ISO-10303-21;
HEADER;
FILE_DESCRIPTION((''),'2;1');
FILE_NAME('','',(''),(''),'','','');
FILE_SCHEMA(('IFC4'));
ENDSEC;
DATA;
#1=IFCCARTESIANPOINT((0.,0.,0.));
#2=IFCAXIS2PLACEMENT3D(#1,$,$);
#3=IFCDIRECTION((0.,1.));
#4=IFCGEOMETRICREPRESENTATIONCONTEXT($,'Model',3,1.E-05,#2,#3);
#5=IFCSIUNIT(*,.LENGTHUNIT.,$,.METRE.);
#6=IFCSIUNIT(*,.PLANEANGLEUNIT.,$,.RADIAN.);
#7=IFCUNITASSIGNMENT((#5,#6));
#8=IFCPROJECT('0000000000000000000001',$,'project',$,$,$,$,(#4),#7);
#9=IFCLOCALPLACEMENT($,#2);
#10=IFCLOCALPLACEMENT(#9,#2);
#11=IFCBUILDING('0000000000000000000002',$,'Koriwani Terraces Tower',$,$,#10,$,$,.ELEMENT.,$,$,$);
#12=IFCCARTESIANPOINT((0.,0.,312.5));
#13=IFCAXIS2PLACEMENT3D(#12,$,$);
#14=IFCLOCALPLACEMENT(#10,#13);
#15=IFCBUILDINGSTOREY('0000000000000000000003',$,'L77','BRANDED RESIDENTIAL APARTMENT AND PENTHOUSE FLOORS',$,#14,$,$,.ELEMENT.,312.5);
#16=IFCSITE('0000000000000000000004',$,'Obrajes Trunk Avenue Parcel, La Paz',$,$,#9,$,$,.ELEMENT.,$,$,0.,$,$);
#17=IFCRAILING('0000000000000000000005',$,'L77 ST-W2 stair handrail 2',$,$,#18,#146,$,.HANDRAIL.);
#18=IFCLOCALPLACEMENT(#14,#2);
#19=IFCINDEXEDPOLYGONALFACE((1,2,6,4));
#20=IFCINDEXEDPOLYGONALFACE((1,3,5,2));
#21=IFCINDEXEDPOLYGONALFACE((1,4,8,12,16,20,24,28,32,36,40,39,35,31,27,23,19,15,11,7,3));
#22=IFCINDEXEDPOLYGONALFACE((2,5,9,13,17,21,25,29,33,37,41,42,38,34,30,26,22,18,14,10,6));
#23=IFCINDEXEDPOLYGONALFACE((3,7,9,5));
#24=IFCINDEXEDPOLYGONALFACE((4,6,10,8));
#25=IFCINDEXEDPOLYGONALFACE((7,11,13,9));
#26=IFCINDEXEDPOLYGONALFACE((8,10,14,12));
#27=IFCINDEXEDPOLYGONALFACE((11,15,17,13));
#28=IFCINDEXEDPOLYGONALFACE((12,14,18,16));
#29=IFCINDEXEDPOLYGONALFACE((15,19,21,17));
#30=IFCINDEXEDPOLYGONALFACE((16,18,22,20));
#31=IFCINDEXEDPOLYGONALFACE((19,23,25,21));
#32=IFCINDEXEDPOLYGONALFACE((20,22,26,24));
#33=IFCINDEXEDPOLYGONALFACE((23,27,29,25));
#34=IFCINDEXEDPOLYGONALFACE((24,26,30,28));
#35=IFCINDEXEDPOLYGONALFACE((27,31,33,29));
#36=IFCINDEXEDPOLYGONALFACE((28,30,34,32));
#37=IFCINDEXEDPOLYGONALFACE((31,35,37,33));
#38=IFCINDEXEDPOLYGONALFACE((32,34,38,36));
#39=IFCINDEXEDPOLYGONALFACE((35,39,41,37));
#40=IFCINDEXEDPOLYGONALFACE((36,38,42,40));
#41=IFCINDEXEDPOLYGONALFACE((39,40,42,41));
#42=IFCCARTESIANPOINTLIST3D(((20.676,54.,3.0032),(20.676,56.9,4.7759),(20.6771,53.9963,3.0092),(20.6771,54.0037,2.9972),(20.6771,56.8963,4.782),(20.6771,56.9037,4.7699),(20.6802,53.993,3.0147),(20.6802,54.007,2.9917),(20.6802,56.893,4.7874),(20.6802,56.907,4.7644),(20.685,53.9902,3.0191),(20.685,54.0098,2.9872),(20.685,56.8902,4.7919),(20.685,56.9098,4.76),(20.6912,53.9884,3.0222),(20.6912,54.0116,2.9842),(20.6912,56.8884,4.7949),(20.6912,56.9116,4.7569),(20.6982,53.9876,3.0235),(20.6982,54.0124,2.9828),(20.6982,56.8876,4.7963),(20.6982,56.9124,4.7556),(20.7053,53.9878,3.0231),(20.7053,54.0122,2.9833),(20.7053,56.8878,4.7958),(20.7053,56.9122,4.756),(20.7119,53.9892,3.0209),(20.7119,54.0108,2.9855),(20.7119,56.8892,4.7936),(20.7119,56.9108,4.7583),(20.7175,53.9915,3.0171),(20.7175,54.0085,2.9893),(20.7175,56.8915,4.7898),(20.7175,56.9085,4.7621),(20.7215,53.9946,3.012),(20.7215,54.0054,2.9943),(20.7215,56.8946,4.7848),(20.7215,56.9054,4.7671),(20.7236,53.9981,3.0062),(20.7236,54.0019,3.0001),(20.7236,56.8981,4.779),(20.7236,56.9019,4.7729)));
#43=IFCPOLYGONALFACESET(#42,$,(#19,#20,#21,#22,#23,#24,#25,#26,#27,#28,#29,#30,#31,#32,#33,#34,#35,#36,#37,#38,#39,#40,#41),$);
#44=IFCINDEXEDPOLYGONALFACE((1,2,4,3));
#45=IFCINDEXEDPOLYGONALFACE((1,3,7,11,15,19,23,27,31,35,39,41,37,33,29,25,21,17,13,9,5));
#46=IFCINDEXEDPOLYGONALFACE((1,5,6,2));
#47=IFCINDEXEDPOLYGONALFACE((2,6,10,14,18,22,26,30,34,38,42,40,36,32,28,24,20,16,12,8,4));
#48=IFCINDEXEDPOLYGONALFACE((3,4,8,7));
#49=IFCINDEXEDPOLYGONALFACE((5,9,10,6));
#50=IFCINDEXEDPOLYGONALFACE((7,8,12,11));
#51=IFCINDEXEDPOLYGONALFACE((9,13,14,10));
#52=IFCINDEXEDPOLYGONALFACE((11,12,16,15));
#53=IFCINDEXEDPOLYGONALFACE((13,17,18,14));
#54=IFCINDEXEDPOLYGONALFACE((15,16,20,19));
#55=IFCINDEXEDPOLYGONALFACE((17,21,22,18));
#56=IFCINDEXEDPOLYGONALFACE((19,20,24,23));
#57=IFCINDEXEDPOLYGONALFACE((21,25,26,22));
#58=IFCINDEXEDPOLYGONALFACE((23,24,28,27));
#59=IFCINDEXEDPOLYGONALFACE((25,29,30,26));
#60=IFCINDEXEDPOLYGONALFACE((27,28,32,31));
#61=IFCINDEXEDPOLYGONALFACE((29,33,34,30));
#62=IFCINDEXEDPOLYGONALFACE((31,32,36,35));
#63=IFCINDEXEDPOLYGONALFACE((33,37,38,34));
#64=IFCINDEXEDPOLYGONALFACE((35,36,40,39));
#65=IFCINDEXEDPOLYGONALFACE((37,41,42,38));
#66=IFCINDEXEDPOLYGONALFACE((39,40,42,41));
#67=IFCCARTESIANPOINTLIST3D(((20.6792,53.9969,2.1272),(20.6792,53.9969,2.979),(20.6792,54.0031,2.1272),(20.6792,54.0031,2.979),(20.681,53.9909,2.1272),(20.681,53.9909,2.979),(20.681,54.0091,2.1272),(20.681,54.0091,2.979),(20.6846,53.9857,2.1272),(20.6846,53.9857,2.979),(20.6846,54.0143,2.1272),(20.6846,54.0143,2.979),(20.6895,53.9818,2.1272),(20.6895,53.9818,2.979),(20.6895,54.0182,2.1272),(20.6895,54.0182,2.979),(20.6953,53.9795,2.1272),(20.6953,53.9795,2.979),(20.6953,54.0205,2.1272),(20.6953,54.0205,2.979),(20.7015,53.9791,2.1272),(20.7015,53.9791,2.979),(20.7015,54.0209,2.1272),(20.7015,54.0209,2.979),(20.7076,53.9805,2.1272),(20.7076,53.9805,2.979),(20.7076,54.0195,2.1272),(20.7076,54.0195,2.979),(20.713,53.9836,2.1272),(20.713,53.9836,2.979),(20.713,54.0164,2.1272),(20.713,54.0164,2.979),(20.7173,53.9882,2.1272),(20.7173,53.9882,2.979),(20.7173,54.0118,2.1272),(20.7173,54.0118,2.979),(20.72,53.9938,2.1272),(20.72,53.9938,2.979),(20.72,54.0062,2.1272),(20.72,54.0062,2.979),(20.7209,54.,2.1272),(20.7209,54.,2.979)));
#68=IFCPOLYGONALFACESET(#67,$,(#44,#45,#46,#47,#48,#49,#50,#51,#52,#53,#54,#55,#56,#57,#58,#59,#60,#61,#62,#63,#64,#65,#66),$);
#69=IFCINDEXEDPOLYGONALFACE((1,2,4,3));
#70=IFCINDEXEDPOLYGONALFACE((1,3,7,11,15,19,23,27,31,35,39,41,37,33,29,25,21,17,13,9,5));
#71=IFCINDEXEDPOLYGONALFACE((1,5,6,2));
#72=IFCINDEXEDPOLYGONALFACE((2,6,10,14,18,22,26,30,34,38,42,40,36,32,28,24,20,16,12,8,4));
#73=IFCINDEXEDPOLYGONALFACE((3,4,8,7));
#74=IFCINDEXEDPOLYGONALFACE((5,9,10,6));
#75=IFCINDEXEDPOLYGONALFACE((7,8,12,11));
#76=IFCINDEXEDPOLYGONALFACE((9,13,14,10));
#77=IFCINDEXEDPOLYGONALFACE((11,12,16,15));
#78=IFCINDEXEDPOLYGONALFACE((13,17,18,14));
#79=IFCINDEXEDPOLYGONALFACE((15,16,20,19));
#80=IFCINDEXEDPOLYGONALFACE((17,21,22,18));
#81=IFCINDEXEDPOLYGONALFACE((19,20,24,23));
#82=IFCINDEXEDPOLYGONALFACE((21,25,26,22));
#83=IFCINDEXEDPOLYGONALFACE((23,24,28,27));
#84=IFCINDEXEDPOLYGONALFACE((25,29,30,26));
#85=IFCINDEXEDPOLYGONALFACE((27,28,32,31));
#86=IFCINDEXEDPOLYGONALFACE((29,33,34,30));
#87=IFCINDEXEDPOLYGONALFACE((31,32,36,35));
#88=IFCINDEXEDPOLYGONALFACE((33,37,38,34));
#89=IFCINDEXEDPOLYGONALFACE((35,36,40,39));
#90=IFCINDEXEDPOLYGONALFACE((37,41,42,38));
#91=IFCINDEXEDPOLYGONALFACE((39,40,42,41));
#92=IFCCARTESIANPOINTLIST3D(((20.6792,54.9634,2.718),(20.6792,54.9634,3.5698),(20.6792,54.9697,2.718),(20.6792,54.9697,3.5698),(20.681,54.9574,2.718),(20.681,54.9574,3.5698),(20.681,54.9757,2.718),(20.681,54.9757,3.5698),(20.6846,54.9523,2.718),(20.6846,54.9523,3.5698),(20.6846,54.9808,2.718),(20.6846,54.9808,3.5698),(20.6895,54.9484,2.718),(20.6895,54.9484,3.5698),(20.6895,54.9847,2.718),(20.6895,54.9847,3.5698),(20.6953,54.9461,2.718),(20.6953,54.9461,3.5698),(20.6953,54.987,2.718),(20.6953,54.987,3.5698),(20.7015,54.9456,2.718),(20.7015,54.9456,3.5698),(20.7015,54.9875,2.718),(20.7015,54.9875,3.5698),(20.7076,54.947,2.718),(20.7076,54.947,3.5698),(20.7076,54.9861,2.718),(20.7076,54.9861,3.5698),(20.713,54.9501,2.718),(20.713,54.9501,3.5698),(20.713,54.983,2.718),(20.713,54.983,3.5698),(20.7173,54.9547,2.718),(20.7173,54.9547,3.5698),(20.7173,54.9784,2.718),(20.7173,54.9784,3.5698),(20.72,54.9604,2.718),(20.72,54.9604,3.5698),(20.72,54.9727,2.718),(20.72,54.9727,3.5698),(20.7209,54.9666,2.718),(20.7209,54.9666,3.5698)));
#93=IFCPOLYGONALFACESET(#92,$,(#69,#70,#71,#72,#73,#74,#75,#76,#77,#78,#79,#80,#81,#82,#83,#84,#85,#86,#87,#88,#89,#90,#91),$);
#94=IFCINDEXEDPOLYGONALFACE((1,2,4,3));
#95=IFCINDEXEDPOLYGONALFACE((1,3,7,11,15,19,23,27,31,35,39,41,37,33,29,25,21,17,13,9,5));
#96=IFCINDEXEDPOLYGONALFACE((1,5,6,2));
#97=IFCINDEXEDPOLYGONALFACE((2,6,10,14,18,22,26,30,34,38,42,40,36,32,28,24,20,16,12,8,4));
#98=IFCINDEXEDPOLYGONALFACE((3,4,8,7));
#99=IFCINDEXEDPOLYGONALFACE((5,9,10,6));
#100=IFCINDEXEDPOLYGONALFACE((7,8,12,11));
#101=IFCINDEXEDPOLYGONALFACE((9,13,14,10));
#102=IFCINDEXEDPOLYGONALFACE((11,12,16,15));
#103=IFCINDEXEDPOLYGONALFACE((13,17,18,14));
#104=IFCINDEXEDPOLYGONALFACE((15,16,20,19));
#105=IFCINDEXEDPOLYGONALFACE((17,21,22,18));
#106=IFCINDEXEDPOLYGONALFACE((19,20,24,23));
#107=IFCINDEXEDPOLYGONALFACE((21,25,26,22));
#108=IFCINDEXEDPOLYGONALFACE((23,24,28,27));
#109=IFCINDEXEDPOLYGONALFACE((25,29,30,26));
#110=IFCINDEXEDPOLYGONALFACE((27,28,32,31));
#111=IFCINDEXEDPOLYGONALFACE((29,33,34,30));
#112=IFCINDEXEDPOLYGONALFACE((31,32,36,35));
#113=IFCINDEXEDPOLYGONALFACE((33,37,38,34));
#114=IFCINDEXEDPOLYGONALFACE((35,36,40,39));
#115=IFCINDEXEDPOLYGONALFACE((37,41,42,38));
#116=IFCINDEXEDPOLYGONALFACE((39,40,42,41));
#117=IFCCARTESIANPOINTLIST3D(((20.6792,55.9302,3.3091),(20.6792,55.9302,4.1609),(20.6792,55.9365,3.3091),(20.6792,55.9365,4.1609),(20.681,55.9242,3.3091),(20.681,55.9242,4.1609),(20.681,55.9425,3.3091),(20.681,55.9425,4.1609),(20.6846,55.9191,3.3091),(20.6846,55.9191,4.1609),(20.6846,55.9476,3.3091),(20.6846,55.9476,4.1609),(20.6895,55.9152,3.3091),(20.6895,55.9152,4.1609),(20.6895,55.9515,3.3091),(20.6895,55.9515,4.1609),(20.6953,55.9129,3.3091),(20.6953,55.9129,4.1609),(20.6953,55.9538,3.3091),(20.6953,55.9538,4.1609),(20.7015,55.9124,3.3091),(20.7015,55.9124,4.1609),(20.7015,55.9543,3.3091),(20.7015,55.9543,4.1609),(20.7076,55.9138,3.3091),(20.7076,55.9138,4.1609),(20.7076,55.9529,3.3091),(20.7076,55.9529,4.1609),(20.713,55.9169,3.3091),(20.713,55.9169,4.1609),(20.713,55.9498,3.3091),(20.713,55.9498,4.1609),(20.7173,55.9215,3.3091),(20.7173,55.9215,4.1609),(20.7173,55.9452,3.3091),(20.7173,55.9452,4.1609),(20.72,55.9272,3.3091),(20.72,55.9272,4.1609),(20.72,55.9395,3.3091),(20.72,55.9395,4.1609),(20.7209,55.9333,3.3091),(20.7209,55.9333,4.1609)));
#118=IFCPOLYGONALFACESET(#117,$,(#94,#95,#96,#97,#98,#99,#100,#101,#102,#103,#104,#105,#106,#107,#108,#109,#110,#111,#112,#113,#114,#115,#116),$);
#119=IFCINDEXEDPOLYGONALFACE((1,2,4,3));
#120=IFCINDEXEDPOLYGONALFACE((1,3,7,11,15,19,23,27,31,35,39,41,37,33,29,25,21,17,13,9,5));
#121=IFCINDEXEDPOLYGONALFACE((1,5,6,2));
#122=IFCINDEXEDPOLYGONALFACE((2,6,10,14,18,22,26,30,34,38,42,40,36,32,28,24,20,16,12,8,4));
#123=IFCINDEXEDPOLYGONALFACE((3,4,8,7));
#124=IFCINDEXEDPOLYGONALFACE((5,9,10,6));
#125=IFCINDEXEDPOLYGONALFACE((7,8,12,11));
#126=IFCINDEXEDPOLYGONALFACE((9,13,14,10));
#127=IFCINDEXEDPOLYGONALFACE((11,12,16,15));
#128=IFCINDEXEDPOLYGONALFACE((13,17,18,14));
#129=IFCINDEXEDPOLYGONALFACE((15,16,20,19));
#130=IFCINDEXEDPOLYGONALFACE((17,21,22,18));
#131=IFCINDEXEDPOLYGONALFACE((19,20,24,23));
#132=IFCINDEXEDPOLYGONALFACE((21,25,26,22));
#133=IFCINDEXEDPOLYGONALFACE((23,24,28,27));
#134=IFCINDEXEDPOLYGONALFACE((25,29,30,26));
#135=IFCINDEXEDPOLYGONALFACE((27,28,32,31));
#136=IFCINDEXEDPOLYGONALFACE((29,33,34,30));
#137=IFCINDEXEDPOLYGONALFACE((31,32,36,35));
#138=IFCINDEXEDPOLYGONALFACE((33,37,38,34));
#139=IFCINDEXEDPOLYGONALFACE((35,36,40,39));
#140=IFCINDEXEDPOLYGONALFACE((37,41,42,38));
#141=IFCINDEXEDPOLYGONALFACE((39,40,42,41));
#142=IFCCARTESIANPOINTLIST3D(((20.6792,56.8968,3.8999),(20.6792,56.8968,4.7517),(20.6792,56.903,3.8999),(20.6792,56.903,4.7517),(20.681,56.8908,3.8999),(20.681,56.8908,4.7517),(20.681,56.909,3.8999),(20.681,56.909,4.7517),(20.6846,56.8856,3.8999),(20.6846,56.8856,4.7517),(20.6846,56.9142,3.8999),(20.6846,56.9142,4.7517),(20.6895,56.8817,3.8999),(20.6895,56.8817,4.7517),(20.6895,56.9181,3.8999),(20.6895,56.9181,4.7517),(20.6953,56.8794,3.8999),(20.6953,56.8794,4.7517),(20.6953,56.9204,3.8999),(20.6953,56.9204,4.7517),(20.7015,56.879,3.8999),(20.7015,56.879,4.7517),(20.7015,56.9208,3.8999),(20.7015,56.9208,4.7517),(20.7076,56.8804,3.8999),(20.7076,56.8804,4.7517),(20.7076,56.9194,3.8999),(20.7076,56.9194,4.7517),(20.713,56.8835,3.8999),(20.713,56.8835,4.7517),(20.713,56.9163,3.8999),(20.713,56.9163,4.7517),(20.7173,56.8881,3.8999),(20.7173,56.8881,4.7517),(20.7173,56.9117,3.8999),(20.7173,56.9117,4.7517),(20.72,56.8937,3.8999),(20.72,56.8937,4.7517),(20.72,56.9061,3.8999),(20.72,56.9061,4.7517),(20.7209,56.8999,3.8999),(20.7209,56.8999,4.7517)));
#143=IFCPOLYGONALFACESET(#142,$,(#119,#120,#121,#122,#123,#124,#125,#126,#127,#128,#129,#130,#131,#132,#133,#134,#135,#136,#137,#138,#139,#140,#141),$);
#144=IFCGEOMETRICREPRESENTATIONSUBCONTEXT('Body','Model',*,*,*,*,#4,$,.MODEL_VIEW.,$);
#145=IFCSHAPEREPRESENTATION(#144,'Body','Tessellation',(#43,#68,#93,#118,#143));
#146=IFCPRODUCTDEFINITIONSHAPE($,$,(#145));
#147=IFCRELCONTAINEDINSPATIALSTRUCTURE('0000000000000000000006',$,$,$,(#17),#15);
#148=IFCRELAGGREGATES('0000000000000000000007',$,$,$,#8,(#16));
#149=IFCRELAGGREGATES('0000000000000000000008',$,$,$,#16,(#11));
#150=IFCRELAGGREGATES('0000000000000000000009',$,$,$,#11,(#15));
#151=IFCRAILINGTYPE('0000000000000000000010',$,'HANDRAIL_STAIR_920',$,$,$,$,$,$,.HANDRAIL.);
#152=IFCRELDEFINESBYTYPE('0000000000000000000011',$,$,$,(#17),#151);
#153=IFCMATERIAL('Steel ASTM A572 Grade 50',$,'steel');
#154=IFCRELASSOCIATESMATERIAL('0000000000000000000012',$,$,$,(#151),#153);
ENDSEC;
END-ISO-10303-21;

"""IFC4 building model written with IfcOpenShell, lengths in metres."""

from ifc_helpers import new_model, si_unit, direction, frame, origin, origin_2d, place, context, subcontext, project, spatial, circle, extrude, material, type_object, element, save


model = new_model("IFC4")

# Units and contexts
model_context = context("Model", 3, precision=1e-05, world=origin(), true_north=direction((0.0, 1.0)))
body_context = subcontext(model_context, "Body", "Model", "MODEL_VIEW")
ifc_project = project(units=[si_unit("LENGTHUNIT", "METRE"), si_unit("PLANEANGLEUNIT", "RADIAN")], contexts=[model_context])

# Site, building, storey
site_placement = place(None, origin())
site = spatial("IfcSite", under=ifc_project, at=site_placement, Name="Obrajes Trunk Avenue Parcel, La Paz", CompositionType="ELEMENT", RefElevation=0.0)
building_placement = place(site_placement, origin())
building = spatial("IfcBuilding", under=site, at=building_placement, Name="Koriwani Terraces Tower", CompositionType="ELEMENT")
storey_placement = place(building_placement, frame((0.0, 0.0, 312.5)))
storey = spatial("IfcBuildingStorey", under=building, at=storey_placement, Name="L77", Description="BRANDED RESIDENTIAL APARTMENT AND PENTHOUSE FLOORS", CompositionType="ELEMENT", Elevation=312.5)

# Shared definitions
ifc_material_1 = material(Name="Steel ASTM A572 Grade 50", Category="steel")

# Railing
railing_type = type_object("IfcRailingType", Name="HANDRAIL_STAIR_920", PredefinedType="HANDRAIL", material=ifc_material_1)
railing_placement = place(storey_placement, frame((20.7, 54.0, 2.1272)))
element("IfcRailing", 1, at=railing_placement, inside=storey, type_object=railing_type, Name="L77 ST-W2 stair handrail 2", PredefinedType="HANDRAIL", context=body_context, shape_type="SweptSolid", body=[
    extrude(circle(Radius=0.0239, at=origin_2d()), frame((0.0, 0.0, 0.876), z_axis=(0.0, 0.853211, 0.521566), x_axis=(-1.0, 0.0, 0.0)), (0.0, 0.0, 1.0), 3.3989),
    extrude(circle(Radius=0.021, at=origin_2d()), origin(), (0.0, 0.0, 1.0), 0.8518),
    extrude(circle(Radius=0.021, at=origin_2d()), frame((0.0, 0.9666, 0.5908)), (0.0, 0.0, 1.0), 0.8518),
    extrude(circle(Radius=0.021, at=origin_2d()), frame((0.0, 1.9333, 1.1819)), (0.0, 0.0, 1.0), 0.8518),
    extrude(circle(Radius=0.021, at=origin_2d()), frame((0.0, 2.8999, 1.7727)), (0.0, 0.0, 1.0), 0.8518),
])

save(model, "model.ifc")
